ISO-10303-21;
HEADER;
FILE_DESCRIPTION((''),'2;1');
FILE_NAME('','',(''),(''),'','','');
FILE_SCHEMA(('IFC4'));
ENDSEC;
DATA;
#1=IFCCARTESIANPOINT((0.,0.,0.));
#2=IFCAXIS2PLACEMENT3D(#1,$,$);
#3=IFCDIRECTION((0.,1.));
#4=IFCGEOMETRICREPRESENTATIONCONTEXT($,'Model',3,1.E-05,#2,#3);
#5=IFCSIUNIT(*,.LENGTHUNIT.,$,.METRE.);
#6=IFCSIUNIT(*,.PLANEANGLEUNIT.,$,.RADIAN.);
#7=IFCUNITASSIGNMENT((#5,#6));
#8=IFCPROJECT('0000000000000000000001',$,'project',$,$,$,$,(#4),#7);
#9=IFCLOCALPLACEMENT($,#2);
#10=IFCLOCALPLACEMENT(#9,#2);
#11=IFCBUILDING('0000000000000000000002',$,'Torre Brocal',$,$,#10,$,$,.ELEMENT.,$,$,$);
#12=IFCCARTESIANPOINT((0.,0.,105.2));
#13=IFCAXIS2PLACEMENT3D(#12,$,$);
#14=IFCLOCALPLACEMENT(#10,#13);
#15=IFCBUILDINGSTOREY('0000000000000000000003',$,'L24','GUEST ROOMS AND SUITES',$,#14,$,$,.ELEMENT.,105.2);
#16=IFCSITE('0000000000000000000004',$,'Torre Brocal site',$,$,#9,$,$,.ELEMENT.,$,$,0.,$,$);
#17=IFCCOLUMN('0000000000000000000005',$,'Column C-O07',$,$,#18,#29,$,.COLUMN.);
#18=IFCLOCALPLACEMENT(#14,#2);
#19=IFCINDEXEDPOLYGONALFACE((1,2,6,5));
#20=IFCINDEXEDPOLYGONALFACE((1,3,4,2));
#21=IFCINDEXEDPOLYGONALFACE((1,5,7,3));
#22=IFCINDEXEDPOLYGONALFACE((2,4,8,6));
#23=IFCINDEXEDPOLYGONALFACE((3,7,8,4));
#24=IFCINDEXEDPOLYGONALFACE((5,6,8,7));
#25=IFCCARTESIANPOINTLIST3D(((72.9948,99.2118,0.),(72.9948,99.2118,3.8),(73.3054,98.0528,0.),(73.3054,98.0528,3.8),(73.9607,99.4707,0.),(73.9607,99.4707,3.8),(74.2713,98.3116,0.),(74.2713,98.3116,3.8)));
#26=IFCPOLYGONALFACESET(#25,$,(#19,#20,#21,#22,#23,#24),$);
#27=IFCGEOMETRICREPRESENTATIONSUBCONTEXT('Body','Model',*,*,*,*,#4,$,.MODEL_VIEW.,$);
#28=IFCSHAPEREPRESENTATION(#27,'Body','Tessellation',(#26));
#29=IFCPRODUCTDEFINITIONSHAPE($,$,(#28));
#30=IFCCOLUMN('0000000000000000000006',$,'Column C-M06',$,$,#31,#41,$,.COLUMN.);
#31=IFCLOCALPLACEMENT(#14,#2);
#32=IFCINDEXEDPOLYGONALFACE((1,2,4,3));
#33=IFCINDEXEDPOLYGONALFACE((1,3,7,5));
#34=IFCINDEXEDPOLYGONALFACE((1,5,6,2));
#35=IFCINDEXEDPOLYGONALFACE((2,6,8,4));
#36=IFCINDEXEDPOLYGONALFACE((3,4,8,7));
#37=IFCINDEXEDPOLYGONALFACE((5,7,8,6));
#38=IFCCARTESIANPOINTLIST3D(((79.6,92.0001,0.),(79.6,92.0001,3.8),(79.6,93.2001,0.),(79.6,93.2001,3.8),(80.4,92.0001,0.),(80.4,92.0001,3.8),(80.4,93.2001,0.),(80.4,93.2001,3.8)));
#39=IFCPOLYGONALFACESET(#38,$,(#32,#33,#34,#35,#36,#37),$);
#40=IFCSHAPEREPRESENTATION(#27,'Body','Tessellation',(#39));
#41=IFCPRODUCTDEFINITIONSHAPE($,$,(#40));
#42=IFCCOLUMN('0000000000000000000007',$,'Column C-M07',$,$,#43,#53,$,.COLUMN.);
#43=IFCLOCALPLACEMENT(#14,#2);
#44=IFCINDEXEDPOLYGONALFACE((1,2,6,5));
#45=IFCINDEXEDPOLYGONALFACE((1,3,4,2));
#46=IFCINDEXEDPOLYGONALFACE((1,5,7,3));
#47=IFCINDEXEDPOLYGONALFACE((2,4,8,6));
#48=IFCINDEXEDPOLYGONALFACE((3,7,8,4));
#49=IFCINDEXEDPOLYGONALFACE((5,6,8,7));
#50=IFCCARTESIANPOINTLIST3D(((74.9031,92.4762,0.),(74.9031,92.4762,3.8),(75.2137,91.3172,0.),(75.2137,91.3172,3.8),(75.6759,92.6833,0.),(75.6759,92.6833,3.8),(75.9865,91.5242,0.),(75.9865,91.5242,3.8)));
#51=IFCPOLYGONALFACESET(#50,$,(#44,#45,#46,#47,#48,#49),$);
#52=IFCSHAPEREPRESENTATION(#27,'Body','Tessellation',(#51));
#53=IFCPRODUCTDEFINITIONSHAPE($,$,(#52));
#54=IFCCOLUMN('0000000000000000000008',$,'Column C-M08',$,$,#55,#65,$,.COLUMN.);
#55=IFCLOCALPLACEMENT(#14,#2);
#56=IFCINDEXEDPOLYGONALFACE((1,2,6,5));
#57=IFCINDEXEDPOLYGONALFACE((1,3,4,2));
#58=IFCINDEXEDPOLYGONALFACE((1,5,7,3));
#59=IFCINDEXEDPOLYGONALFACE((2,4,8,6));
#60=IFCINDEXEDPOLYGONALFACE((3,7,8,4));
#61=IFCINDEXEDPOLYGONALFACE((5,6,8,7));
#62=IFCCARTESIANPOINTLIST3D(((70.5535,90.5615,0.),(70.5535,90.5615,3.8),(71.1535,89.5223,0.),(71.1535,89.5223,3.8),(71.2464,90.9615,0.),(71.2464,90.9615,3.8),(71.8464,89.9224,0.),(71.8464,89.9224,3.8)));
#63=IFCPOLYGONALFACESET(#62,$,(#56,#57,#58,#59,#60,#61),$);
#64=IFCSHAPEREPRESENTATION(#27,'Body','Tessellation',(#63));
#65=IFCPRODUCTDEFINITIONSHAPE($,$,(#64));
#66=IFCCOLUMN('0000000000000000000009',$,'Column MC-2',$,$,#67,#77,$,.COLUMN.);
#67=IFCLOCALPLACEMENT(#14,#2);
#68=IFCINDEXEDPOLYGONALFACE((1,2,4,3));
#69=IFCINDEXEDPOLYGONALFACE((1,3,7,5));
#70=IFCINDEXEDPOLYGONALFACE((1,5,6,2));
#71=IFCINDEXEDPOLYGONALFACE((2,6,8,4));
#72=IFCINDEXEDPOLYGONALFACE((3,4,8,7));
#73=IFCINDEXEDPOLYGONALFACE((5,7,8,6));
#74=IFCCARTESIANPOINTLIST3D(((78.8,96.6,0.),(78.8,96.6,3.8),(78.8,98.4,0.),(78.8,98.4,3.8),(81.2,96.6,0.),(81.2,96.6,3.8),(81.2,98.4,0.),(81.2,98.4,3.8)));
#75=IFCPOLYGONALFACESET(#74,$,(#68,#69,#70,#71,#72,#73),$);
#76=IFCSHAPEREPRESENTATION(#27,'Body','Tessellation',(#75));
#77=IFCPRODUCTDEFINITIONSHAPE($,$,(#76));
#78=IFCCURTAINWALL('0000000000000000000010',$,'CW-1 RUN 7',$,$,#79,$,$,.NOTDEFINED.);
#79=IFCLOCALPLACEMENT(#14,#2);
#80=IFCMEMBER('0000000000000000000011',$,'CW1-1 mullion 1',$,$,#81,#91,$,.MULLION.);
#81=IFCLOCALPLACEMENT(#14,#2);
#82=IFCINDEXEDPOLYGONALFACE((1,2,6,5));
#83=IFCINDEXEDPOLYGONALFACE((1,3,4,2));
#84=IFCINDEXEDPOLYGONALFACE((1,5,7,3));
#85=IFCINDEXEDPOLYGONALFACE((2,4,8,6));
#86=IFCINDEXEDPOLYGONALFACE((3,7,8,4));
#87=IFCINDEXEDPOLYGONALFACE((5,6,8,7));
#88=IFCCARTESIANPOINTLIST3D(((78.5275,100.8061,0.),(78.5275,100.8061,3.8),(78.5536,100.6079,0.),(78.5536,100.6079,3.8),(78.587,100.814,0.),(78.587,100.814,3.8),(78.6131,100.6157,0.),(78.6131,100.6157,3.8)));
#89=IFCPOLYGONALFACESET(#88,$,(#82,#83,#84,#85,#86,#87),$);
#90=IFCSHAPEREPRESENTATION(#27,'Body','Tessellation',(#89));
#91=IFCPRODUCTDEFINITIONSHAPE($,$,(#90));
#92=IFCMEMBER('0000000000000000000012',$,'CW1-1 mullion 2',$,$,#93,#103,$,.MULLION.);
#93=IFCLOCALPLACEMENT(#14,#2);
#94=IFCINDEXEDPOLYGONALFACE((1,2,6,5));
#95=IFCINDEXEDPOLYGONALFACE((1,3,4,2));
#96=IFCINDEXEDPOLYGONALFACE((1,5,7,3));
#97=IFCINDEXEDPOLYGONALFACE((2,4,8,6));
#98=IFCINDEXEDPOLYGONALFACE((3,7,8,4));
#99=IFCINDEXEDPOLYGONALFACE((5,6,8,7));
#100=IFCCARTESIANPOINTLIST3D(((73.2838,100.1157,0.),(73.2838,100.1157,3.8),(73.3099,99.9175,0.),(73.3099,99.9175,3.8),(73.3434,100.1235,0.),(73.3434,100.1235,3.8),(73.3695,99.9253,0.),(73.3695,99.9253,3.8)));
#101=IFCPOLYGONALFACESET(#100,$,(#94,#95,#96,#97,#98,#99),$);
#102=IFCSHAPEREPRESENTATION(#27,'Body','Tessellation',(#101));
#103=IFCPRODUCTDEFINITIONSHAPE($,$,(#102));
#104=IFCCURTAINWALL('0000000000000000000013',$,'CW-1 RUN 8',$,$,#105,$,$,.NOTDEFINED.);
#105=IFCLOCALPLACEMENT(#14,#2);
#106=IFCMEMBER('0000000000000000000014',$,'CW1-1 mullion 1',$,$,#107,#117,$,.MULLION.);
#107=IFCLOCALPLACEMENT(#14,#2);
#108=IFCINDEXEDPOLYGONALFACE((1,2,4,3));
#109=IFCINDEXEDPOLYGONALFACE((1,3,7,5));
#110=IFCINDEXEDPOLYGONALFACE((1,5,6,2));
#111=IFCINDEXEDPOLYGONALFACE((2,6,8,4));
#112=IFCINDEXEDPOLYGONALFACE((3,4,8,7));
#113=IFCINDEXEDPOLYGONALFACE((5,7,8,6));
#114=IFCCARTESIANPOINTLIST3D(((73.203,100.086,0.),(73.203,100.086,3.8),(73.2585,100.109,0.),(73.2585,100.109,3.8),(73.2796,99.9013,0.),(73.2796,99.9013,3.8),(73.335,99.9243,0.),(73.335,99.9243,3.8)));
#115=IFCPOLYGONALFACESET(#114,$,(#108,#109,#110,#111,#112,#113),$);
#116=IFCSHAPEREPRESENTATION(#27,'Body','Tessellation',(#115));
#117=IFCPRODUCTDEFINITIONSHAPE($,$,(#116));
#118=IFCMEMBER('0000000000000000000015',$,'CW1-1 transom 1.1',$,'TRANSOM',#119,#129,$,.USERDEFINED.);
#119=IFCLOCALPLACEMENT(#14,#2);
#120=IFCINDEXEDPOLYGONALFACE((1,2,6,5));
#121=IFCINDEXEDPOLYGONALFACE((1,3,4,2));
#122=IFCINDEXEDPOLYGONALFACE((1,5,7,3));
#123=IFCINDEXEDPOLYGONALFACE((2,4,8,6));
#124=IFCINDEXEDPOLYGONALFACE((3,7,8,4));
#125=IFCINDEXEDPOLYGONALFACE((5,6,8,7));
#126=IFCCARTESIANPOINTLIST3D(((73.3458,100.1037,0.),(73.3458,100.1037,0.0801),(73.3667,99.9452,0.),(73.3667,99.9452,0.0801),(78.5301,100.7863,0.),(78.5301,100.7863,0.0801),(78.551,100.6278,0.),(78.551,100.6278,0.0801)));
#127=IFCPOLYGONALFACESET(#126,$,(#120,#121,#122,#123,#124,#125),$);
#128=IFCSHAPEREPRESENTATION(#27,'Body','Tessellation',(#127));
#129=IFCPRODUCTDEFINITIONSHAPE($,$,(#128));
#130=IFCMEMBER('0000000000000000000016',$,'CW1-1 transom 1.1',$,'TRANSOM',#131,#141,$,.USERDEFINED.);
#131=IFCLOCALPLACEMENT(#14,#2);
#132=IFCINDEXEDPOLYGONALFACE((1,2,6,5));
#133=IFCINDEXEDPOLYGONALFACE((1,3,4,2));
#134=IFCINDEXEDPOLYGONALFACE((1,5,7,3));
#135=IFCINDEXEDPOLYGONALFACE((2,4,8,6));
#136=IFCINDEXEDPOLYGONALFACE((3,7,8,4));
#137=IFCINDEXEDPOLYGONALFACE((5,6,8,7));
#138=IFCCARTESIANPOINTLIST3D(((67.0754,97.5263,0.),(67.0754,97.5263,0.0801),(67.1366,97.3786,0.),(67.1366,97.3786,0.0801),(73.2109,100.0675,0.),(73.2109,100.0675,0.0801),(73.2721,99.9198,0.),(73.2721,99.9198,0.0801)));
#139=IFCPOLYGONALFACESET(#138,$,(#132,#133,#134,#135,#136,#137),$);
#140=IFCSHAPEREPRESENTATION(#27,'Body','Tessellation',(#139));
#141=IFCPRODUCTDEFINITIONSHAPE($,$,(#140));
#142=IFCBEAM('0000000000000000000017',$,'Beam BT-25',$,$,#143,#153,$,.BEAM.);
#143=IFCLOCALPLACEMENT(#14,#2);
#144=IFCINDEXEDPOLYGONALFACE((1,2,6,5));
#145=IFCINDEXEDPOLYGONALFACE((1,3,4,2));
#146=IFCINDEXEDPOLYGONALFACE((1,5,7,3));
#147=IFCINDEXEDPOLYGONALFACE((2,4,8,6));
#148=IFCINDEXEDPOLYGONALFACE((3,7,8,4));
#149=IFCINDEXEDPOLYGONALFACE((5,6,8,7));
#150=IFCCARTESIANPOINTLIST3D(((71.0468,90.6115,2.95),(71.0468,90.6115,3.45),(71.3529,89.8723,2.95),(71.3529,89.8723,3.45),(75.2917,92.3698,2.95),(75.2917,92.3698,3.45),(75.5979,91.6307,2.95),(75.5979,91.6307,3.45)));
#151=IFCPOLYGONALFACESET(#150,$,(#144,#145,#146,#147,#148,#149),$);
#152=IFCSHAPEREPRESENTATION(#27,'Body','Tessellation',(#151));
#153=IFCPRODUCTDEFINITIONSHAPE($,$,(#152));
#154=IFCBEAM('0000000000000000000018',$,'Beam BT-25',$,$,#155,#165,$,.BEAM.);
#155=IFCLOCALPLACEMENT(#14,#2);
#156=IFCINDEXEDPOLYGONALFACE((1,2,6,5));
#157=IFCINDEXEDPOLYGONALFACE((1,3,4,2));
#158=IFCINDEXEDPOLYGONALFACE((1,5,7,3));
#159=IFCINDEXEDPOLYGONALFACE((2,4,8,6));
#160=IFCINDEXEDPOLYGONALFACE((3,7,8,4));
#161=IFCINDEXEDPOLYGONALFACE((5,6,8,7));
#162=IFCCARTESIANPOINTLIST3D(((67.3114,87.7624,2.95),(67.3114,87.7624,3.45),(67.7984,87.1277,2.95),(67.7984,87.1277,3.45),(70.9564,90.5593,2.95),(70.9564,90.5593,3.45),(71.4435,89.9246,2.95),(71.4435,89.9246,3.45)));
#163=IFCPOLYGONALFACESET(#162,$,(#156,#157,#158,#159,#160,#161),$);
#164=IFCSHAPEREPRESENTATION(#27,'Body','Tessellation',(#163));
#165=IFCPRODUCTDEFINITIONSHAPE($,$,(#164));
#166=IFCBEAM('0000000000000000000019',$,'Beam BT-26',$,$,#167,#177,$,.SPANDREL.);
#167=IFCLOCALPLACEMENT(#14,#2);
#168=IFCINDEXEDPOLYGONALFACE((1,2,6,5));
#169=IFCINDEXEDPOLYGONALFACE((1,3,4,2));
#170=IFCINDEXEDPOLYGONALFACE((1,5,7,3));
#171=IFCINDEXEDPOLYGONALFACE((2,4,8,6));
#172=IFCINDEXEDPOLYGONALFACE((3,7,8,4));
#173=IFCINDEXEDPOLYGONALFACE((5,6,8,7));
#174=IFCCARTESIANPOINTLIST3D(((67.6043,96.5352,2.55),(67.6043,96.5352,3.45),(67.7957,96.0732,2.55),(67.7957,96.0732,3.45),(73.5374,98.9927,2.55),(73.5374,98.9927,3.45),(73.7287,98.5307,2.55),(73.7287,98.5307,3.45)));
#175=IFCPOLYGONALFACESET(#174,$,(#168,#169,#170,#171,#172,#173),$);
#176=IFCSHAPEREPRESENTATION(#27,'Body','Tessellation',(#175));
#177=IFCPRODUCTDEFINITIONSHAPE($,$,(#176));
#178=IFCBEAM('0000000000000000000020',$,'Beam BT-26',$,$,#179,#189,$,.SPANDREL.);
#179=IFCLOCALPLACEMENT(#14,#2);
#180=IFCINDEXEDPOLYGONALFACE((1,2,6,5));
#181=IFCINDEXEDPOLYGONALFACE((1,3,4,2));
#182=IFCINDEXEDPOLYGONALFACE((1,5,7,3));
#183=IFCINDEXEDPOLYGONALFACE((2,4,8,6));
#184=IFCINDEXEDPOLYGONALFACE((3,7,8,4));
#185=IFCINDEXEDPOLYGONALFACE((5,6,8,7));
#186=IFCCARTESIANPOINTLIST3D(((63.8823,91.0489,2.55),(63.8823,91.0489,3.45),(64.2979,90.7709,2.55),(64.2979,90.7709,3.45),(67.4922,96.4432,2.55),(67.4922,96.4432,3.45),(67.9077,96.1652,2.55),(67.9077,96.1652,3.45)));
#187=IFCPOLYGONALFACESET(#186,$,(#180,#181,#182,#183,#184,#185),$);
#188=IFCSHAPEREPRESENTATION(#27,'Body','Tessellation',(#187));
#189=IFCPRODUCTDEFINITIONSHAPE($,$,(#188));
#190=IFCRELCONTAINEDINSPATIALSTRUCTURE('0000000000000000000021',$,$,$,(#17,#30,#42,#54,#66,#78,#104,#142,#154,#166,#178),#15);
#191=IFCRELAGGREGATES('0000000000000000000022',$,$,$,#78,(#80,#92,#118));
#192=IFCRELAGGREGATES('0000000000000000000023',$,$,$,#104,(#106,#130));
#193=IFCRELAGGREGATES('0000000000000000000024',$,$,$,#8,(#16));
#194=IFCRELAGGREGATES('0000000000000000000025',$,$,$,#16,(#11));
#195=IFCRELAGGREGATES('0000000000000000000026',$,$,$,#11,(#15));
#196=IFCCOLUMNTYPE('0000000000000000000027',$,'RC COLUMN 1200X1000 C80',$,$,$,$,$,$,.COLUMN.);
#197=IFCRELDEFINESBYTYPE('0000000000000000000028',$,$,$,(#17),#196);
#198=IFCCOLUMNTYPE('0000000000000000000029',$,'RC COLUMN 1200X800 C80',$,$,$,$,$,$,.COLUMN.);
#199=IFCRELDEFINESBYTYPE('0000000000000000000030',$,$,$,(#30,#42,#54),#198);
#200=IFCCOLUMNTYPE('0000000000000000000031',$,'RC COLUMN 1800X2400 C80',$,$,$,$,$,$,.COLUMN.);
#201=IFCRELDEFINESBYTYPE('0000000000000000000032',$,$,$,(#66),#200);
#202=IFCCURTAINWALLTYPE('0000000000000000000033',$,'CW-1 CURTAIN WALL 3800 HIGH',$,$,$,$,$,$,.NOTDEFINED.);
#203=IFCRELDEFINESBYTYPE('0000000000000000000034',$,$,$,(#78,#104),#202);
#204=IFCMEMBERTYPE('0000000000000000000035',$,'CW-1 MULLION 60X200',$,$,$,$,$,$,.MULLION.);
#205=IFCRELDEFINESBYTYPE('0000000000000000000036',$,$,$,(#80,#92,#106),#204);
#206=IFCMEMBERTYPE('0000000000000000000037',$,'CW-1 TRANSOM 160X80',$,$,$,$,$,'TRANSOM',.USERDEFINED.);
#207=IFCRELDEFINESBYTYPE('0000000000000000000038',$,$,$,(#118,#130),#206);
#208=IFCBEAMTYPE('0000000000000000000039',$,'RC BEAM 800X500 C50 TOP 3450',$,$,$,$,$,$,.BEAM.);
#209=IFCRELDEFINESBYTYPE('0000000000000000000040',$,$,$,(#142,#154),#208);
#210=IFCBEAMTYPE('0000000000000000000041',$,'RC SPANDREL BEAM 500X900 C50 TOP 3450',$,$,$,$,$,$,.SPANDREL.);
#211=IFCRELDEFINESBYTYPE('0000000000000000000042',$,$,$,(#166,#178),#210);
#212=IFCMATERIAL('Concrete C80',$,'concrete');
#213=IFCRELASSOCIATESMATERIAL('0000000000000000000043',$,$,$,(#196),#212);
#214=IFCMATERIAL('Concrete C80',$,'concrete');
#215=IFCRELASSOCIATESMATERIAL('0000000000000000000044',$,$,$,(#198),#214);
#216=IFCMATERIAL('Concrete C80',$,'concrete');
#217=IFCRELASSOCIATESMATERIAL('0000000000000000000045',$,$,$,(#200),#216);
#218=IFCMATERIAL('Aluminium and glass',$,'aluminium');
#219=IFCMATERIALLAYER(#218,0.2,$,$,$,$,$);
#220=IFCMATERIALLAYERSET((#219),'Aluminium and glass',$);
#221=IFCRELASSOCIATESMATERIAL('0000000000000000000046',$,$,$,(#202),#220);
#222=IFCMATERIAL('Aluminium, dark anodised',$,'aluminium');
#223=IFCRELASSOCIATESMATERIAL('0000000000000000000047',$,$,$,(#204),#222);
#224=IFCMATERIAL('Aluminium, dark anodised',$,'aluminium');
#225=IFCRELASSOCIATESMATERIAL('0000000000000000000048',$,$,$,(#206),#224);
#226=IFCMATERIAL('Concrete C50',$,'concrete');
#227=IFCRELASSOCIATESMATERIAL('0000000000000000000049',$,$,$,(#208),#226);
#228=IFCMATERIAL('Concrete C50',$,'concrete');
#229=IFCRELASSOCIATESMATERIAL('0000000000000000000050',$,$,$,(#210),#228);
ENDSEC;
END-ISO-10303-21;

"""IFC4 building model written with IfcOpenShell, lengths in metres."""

from ifc_helpers import new_model, si_unit, direction, frame, origin, origin_2d, place, context, subcontext, project, spatial, rectangle, extrude, material, layer, layer_set, material_profile, profile_set, type_object, element, aggregate, save


model = new_model("IFC4")

# Units and contexts
model_context = context("Model", 3, precision=1e-05, world=origin(), true_north=direction((0.0, 1.0)))
body_context = subcontext(model_context, "Body", "Model", "MODEL_VIEW")
ifc_project = project(units=[si_unit("LENGTHUNIT", "METRE"), si_unit("PLANEANGLEUNIT", "RADIAN")], contexts=[model_context])

# Site, building, storey
site_placement = place(None, origin())
site = spatial("IfcSite", under=ifc_project, at=site_placement, Name="Torre Brocal site", CompositionType="ELEMENT", RefElevation=0.0)
building_placement = place(site_placement, origin())
building = spatial("IfcBuilding", under=site, at=building_placement, Name="Torre Brocal", CompositionType="ELEMENT")
storey_placement = place(building_placement, frame((0.0, 0.0, 105.2)))
storey = spatial("IfcBuildingStorey", under=building, at=storey_placement, Name="L24", Description="GUEST ROOMS AND SUITES", CompositionType="ELEMENT", Elevation=105.2)

# Columns
ifc_material_1 = material(Name="Concrete C80", Category="concrete")
ifc_material_profile_1 = material_profile(ifc_material_1, rectangle(XDim=1.2, YDim=1.0, at=origin_2d()), Name="RC 1200X1000")
ifc_profile_set_1 = profile_set([ifc_material_profile_1], Name="Concrete C80")
column_type_1 = type_object("IfcColumnType", Name="RC COLUMN 1200X1000 C80", PredefinedType="COLUMN", material=ifc_profile_set_1)
column_1_placement = place(storey_placement, frame((73.6331, 98.7617, 0.0), z_axis=(0.0, 0.0, 1.0), x_axis=(-0.258819, 0.965926, 0.0)))
element("IfcColumn", 1, at=column_1_placement, inside=storey, type_object=column_type_1, Name="Column C-O07", PredefinedType="COLUMN", context=body_context, shape_type="SweptSolid", body=[
    extrude(rectangle(XDim=1.2, YDim=1.0, at=origin_2d()), origin(), (0.0, 0.0, 1.0), 3.8),
])
ifc_material_2 = material(Name="Concrete C80", Category="concrete")
ifc_material_profile_2 = material_profile(ifc_material_2, rectangle(XDim=1.2, YDim=0.8, at=origin_2d()), Name="RC 1200X800")
ifc_profile_set_2 = profile_set([ifc_material_profile_2], Name="Concrete C80")
column_type_2 = type_object("IfcColumnType", Name="RC COLUMN 1200X800 C80", PredefinedType="COLUMN", material=ifc_profile_set_2)
for number, where, z_axis, x_axis, name in (
    (2, (80.0, 92.6001, 0.0), (0.0, 0.0, 1.0), (0.0, 1.0, 0.0), "Column C-M06"),
    (3, (75.4448, 92.0002, 0.0), (0.0, 0.0, 1.0), (-0.258819, 0.965926, 0.0), "Column C-M07"),
    (4, (71.2, 90.2419, 0.0), (0.0, 0.0, 1.0), (-0.5, 0.866025, 0.0), "Column C-M08"),
):
    element("IfcColumn", number, at=place(storey_placement, frame(where, z_axis=z_axis, x_axis=x_axis)), inside=storey, type_object=column_type_2, Name=name, PredefinedType="COLUMN", context=body_context, shape_type="SweptSolid", body=[
        extrude(rectangle(XDim=1.2, YDim=0.8, at=origin_2d()), origin(), (0.0, 0.0, 1.0), 3.8),
    ])
ifc_material_3 = material(Name="Concrete C80", Category="concrete")
ifc_material_profile_3 = material_profile(ifc_material_3, rectangle(XDim=1.8, YDim=2.3999, at=origin_2d()), Name="RC 1800X2400")
ifc_profile_set_3 = profile_set([ifc_material_profile_3], Name="Concrete C80")
column_type_3 = type_object("IfcColumnType", Name="RC COLUMN 1800X2400 C80", PredefinedType="COLUMN", material=ifc_profile_set_3)
column_2_placement = place(storey_placement, frame((80.0, 97.5, 0.0), z_axis=(0.0, 0.0, 1.0), x_axis=(0.0, 1.0, 0.0)))
element("IfcColumn", 5, at=column_2_placement, inside=storey, type_object=column_type_3, Name="Column MC-2", PredefinedType="COLUMN", context=body_context, shape_type="SweptSolid", body=[
    extrude(rectangle(XDim=1.8, YDim=2.3999, at=origin_2d()), origin(), (0.0, 0.0, 1.0), 3.8),
])

# Curtain wall, members
ifc_material_4 = material(Name="Aluminium and glass", Category="aluminium")
ifc_layer_1 = layer(ifc_material_4, 0.2)
ifc_layer_set_1 = layer_set([ifc_layer_1], Name="Aluminium and glass")
curtain_wall_type = type_object("IfcCurtainWallType", Name="CW-1 CURTAIN WALL 3800 HIGH", PredefinedType="NOTDEFINED", material=ifc_layer_set_1)
curtain_wall_1_placement = place(storey_placement, origin())
curtain_wall_1 = element("IfcCurtainWall", 6, at=curtain_wall_1_placement, inside=storey, type_object=curtain_wall_type, Name="CW-1 RUN 7", PredefinedType="NOTDEFINED")
ifc_material_5 = material(Name="Aluminium, dark anodised", Category="aluminium")
ifc_material_profile_4 = material_profile(ifc_material_5, rectangle(XDim=0.2, YDim=0.0601, at=origin_2d()), Name="CW-1 MULLION 60X200")
ifc_profile_set_4 = profile_set([ifc_material_profile_4], Name="Aluminium, dark anodised")
member_type_1 = type_object("IfcMemberType", Name="CW-1 MULLION 60X200", PredefinedType="MULLION", material=ifc_profile_set_4)
member_1_placement = place(storey_placement, frame((78.5703, 100.7109, 0.0), z_axis=(0.0, 0.0, 1.0), x_axis=(0.130526, -0.991445, 0.0)))
member_1 = element("IfcMember", 7, at=member_1_placement, type_object=member_type_1, Name="CW1-1 mullion 1", PredefinedType="MULLION", context=body_context, shape_type="SweptSolid", body=[
    extrude(rectangle(XDim=0.2, YDim=0.0601, at=origin_2d()), origin(), (0.0, 0.0, 1.0), 3.8),
])
member_2_placement = place(storey_placement, frame((73.3267, 100.0205, 0.0), z_axis=(0.0, 0.0, 1.0), x_axis=(0.130526, -0.991445, 0.0)))
member_2 = element("IfcMember", 8, at=member_2_placement, type_object=member_type_1, Name="CW1-1 mullion 2", PredefinedType="MULLION", context=body_context, shape_type="SweptSolid", body=[
    extrude(rectangle(XDim=0.2, YDim=0.0601, at=origin_2d()), origin(), (0.0, 0.0, 1.0), 3.8),
])

# Curtain wall, member
curtain_wall_2_placement = place(storey_placement, origin())
curtain_wall_2 = element("IfcCurtainWall", 9, at=curtain_wall_2_placement, inside=storey, type_object=curtain_wall_type, Name="CW-1 RUN 8", PredefinedType="NOTDEFINED")
member_3_placement = place(storey_placement, frame((73.269, 100.0051, 0.0), z_axis=(0.0, 0.0, 1.0), x_axis=(0.382683, -0.92388, 0.0)))
member_3 = element("IfcMember", 10, at=member_3_placement, type_object=member_type_1, Name="CW1-1 mullion 1", PredefinedType="MULLION", context=body_context, shape_type="SweptSolid", body=[
    extrude(rectangle(XDim=0.2, YDim=0.0601, at=origin_2d()), origin(), (0.0, 0.0, 1.0), 3.8),
])

# Members
ifc_material_6 = material(Name="Aluminium, dark anodised", Category="aluminium")
ifc_material_profile_5 = material_profile(ifc_material_6, rectangle(XDim=0.1599, YDim=0.0801, at=origin_2d()), Name="CW-1 TRANSOM 160X80")
ifc_profile_set_5 = profile_set([ifc_material_profile_5], Name="Aluminium, dark anodised")
member_type_2 = type_object("IfcMemberType", Name="CW-1 TRANSOM 160X80", ElementType="TRANSOM", PredefinedType="USERDEFINED", material=ifc_profile_set_5)
member_4_placement = place(storey_placement, frame((78.5405, 100.707, 0.04), z_axis=(-0.991443, -0.130543, 0.0), x_axis=(0.130543, -0.991443, 0.0)))
member_4 = element("IfcMember", 11, at=member_4_placement, type_object=member_type_2, Name="CW1-1 transom 1.1", ObjectType="TRANSOM", PredefinedType="USERDEFINED", context=body_context, shape_type="SweptSolid", body=[
    extrude(rectangle(XDim=0.1599, YDim=0.0801, at=origin_2d()), origin(), (0.0, 0.0, 1.0), 5.229),
])
member_5_placement = place(storey_placement, frame((73.2415, 99.9937, 0.04), z_axis=(-0.923887, -0.382665, 0.0), x_axis=(0.382665, -0.923887, 0.0)))
member_5 = element("IfcMember", 12, at=member_5_placement, type_object=member_type_2, Name="CW1-1 transom 1.1", ObjectType="TRANSOM", PredefinedType="USERDEFINED", context=body_context, shape_type="SweptSolid", body=[
    extrude(rectangle(XDim=0.1599, YDim=0.0801, at=origin_2d()), origin(), (0.0, 0.0, 1.0), 6.6409),
])

# Beams
ifc_material_7 = material(Name="Concrete C50", Category="concrete")
ifc_material_profile_6 = material_profile(ifc_material_7, rectangle(XDim=0.8, YDim=0.5, at=origin_2d()), Name="RC 800X500")
ifc_profile_set_6 = profile_set([ifc_material_profile_6], Name="Concrete C50")
beam_type_1 = type_object("IfcBeamType", Name="RC BEAM 800X500 C50 TOP 3450", PredefinedType="BEAM", material=ifc_profile_set_6)
beam_1_placement = place(storey_placement, frame((75.4448, 92.0002, 3.2), z_axis=(-0.923878, -0.382687, 0.0), x_axis=(0.382687, -0.923878, 0.0)))
element("IfcBeam", 13, at=beam_1_placement, inside=storey, type_object=beam_type_1, Name="Beam BT-25", PredefinedType="BEAM", context=body_context, shape_type="SweptSolid", body=[
    extrude(rectangle(XDim=0.8, YDim=0.5, at=origin_2d()), origin(), (0.0, 0.0, 1.0), 4.5947),
])
beam_2_placement = place(storey_placement, frame((71.2, 90.2419, 3.2), z_axis=(-0.793358, -0.608755, 0.0), x_axis=(0.608755, -0.793358, 0.0)))
element("IfcBeam", 14, at=beam_2_placement, inside=storey, type_object=beam_type_1, Name="Beam BT-25", PredefinedType="BEAM", context=body_context, shape_type="SweptSolid", body=[
    extrude(rectangle(XDim=0.8, YDim=0.5, at=origin_2d()), origin(), (0.0, 0.0, 1.0), 4.5945),
])
ifc_material_8 = material(Name="Concrete C50", Category="concrete")
ifc_material_profile_7 = material_profile(ifc_material_8, rectangle(XDim=0.5, YDim=0.8999, at=origin_2d()), Name="RC 500X900")
ifc_profile_set_7 = profile_set([ifc_material_profile_7], Name="Concrete C50")
beam_type_2 = type_object("IfcBeamType", Name="RC SPANDREL BEAM 500X900 C50 TOP 3450", PredefinedType="SPANDREL", material=ifc_profile_set_7)
beam_3_placement = place(storey_placement, frame((73.6331, 98.7617, 3.0), z_axis=(-0.923882, -0.382676, 0.0), x_axis=(0.382676, -0.923882, 0.0)))
element("IfcBeam", 15, at=beam_3_placement, inside=storey, type_object=beam_type_2, Name="Beam BT-26", PredefinedType="SPANDREL", context=body_context, shape_type="SweptSolid", body=[
    extrude(rectangle(XDim=0.5, YDim=0.8999, at=origin_2d()), origin(), (0.0, 0.0, 1.0), 6.4219),
])
beam_4_placement = place(storey_placement, frame((67.7, 96.3042, 3.0), z_axis=(-0.556158, -0.831077, 0.0), x_axis=(0.831077, -0.556158, 0.0)))
element("IfcBeam", 16, at=beam_4_placement, inside=storey, type_object=beam_type_2, Name="Beam BT-26", PredefinedType="SPANDREL", context=body_context, shape_type="SweptSolid", body=[
    extrude(rectangle(XDim=0.5, YDim=0.8999, at=origin_2d()), origin(), (0.0, 0.0, 1.0), 6.4907),
])

aggregate(curtain_wall_1, [member_1, member_2, member_4])
aggregate(curtain_wall_2, [member_3, member_5])

save(model, "model.ifc")
